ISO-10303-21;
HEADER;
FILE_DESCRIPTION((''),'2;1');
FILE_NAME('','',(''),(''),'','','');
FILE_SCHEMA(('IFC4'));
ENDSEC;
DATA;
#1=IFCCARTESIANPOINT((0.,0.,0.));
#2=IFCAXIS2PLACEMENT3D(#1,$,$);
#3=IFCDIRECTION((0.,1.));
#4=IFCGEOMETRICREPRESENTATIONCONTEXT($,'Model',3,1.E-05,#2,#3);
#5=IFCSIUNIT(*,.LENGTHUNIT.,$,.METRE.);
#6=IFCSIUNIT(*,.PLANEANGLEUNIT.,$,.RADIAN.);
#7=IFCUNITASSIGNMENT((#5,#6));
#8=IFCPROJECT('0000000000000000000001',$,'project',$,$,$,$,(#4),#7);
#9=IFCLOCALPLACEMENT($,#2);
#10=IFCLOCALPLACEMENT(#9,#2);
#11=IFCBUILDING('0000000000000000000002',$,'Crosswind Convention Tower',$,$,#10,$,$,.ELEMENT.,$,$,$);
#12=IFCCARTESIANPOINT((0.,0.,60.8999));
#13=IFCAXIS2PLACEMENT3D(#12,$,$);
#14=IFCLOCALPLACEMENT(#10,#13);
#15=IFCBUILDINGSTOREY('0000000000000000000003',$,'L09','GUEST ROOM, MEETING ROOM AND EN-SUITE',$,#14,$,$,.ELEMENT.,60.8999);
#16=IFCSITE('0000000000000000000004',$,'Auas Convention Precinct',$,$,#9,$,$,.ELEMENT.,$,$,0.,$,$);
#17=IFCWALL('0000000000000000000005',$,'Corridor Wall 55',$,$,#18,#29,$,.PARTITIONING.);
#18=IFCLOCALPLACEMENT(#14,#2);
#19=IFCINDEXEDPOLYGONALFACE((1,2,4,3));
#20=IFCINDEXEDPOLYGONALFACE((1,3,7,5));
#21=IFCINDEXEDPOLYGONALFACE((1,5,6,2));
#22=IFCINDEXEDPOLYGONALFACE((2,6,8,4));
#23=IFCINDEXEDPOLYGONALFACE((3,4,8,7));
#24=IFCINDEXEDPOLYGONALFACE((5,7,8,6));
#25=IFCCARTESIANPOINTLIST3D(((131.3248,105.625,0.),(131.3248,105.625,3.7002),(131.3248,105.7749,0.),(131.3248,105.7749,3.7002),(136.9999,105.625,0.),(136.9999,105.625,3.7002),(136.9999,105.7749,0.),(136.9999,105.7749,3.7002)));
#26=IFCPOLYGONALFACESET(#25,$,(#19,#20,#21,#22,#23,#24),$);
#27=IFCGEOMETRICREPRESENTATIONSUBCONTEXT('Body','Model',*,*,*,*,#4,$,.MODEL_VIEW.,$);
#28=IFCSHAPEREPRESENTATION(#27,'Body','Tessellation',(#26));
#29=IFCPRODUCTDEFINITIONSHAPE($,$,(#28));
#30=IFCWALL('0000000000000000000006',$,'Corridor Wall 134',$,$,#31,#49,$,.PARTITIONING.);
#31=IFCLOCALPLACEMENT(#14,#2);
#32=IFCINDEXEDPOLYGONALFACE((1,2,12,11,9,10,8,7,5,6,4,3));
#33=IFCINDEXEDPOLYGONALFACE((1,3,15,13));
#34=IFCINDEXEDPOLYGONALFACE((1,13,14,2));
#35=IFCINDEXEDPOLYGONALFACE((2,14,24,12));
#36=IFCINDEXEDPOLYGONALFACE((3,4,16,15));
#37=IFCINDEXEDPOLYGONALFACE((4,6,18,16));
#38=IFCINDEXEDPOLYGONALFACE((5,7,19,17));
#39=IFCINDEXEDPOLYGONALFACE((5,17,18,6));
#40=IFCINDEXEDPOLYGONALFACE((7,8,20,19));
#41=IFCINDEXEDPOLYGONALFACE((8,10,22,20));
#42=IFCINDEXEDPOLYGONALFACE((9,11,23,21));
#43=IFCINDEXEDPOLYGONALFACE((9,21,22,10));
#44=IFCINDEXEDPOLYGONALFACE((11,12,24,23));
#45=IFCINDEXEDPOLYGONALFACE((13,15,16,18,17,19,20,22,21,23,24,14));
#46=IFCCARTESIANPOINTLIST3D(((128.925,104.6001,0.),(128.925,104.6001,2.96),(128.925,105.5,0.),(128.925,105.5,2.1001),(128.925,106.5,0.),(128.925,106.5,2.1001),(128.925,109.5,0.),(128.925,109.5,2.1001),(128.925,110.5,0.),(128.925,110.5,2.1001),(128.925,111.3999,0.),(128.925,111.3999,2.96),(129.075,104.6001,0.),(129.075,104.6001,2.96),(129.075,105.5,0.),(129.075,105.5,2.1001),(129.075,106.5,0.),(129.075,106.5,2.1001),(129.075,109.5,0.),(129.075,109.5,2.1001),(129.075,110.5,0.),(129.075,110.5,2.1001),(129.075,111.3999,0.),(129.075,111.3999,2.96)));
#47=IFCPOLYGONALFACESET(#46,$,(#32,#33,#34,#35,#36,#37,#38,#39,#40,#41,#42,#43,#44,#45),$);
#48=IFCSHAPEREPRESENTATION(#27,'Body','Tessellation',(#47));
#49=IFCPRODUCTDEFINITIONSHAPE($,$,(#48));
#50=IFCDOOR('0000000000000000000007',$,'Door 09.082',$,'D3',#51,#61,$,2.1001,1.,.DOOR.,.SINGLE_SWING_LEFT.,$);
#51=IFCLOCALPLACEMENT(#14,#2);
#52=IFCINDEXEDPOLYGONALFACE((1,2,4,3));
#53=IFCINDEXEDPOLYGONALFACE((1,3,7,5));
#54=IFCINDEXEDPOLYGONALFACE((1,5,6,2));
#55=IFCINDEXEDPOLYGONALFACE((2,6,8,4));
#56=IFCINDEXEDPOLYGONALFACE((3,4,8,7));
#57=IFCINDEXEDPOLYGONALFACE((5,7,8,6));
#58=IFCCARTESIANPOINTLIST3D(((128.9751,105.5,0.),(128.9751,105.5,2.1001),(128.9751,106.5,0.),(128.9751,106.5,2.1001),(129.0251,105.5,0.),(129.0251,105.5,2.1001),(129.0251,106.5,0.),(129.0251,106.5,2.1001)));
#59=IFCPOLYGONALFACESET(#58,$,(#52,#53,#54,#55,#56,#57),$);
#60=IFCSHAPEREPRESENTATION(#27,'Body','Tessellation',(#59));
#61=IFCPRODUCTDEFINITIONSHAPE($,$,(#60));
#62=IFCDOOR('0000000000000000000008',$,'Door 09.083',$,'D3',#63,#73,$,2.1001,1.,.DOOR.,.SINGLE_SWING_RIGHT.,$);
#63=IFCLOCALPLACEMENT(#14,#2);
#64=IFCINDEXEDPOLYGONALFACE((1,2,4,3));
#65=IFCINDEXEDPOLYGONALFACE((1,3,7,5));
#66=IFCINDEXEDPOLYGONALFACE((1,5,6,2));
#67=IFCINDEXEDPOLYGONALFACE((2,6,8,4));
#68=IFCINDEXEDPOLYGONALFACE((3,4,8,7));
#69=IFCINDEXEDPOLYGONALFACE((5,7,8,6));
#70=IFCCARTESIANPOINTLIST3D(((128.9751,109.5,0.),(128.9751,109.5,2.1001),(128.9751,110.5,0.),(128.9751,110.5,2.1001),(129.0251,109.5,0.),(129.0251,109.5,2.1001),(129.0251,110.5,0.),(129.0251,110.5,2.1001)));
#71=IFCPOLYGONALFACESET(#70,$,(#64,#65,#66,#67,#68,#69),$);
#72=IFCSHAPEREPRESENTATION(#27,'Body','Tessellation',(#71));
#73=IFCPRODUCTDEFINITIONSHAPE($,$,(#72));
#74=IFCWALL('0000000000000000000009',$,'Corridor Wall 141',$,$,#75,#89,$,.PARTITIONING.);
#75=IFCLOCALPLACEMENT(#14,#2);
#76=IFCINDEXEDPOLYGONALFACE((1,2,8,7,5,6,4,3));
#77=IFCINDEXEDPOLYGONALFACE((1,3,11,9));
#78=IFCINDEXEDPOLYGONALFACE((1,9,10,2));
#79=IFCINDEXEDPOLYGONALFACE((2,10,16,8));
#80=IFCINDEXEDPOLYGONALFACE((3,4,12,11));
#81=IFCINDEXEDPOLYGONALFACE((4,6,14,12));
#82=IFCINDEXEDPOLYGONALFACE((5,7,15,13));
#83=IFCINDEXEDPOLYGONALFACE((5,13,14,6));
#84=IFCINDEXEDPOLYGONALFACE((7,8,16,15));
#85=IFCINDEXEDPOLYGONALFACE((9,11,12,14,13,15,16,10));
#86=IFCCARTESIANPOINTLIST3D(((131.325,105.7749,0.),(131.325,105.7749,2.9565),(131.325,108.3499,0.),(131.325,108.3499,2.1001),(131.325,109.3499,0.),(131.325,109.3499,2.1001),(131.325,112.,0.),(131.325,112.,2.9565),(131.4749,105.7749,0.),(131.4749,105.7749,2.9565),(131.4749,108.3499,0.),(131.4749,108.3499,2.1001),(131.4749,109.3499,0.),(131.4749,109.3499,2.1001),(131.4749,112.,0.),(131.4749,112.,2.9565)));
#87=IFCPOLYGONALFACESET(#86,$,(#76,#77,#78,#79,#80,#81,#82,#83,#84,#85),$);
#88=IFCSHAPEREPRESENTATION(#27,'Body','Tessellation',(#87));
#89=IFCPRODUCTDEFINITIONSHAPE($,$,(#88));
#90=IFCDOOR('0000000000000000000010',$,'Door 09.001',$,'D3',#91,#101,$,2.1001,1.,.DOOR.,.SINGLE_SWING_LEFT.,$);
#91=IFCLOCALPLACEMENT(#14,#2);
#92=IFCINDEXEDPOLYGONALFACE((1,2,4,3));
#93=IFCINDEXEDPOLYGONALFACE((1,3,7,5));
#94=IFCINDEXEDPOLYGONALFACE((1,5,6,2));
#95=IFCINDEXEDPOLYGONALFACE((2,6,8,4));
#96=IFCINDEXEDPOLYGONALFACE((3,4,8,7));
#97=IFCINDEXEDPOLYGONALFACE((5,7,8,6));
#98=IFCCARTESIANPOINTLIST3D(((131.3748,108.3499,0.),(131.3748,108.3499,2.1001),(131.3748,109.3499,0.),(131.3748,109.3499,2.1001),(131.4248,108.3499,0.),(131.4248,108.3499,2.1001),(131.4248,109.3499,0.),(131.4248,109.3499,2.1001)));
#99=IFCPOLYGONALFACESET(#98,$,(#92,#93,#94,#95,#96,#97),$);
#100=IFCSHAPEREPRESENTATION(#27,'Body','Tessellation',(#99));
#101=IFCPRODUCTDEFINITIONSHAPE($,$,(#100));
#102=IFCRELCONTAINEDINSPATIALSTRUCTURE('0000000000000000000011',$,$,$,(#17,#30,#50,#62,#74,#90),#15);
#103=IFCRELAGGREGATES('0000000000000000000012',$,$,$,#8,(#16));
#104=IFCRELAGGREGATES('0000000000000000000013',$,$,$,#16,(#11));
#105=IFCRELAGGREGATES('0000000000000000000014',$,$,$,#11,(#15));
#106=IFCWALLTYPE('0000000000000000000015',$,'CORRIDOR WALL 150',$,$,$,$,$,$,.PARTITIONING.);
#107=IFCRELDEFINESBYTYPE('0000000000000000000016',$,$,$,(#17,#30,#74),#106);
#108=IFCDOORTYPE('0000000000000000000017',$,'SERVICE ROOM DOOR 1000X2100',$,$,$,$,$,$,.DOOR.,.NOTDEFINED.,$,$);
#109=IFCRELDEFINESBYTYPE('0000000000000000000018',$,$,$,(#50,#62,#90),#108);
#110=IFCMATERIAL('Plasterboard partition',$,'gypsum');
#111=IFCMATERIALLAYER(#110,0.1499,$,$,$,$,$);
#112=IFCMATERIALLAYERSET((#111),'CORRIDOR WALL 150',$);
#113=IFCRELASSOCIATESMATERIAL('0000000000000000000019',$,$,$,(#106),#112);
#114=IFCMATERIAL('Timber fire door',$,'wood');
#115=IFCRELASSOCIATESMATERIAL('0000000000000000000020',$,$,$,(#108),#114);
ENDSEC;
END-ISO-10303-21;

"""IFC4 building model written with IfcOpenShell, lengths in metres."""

from ifc_helpers import new_model, si_unit, direction, frame, frame_2d, origin, place, context, subcontext, project, spatial, rectangle, extrude, material, layer, layer_set, type_object, element, fill, save


model = new_model("IFC4")

# Units and contexts
model_context = context("Model", 3, precision=1e-05, world=origin(), true_north=direction((0.0, 1.0)))
body_context = subcontext(model_context, "Body", "Model", "MODEL_VIEW")
ifc_project = project(units=[si_unit("LENGTHUNIT", "METRE"), si_unit("PLANEANGLEUNIT", "RADIAN")], contexts=[model_context])

# Site, building, storey
site_placement = place(None, origin())
site = spatial("IfcSite", under=ifc_project, at=site_placement, Name="Auas Convention Precinct", CompositionType="ELEMENT", RefElevation=0.0)
building_placement = place(site_placement, origin())
building = spatial("IfcBuilding", under=site, at=building_placement, Name="Crosswind Convention Tower", CompositionType="ELEMENT")
storey_placement = place(building_placement, frame((0.0, 0.0, 60.8999)))
storey = spatial("IfcBuildingStorey", under=building, at=storey_placement, Name="L09", Description="GUEST ROOM, MEETING ROOM AND EN-SUITE", CompositionType="ELEMENT", Elevation=60.8999)

# Wall
ifc_material_1 = material(Name="Plasterboard partition", Category="gypsum")
ifc_layer_1 = layer(ifc_material_1, 0.1499)
ifc_layer_set_1 = layer_set([ifc_layer_1], Name="CORRIDOR WALL 150")
wall_type_1 = type_object("IfcWallType", Name="CORRIDOR WALL 150", PredefinedType="PARTITIONING", material=ifc_layer_set_1)
wall_1_placement = place(storey_placement, frame((131.325, 105.7, 0.0), z_axis=(0.0, 0.0, 1.0), x_axis=(1.0, 0.0, 0.0)))
element("IfcWall", 1, at=wall_1_placement, inside=storey, type_object=wall_type_1, Name="Corridor Wall 55", PredefinedType="PARTITIONING", context=body_context, shape_type="SweptSolid", body=[
    extrude(rectangle(XDim=5.675, YDim=0.1499, at=frame_2d((2.8374, 0.0))), origin(), (0.0, 0.0, 1.0), 3.7002),
])

# Wall, openings, doors
wall_2_placement = place(storey_placement, frame((129.0, 104.6001, 0.0), z_axis=(0.0, 0.0, 1.0), x_axis=(0.0, 1.0, 0.0)))
wall_2 = element("IfcWall", 2, at=wall_2_placement, inside=storey, type_object=wall_type_1, Name="Corridor Wall 134", PredefinedType="PARTITIONING", context=body_context, shape_type="SweptSolid", body=[
    extrude(rectangle(XDim=6.7998, YDim=0.1499, at=frame_2d((3.3999, 0.0))), origin(), (0.0, 0.0, 1.0), 2.96),
])
opening_1_placement = place(wall_2_placement, frame((0.8999, 0.0, 0.0)))
opening_1 = element("IfcOpeningElement", 3, at=opening_1_placement, cuts=wall_2, PredefinedType="OPENING", context=body_context, shape_type="SweptSolid", body=[
    extrude(rectangle(XDim=1.0, YDim=2.1001, at=frame_2d((0.5, 1.05))), frame((0.0, 0.085, 0.0), z_axis=(0.0, -1.0, 0.0), x_axis=(1.0, 0.0, 0.0)), (0.0, 0.0, 1.0), 0.1699),
])
opening_2_placement = place(wall_2_placement, frame((4.8999, 0.0, 0.0)))
opening_2 = element("IfcOpeningElement", 4, at=opening_2_placement, cuts=wall_2, PredefinedType="OPENING", context=body_context, shape_type="SweptSolid", body=[
    extrude(rectangle(XDim=1.0, YDim=2.1001, at=frame_2d((0.5, 1.05))), frame((0.0, 0.085, 0.0), z_axis=(0.0, -1.0, 0.0), x_axis=(1.0, 0.0, 0.0)), (0.0, 0.0, 1.0), 0.1699),
])
ifc_material_2 = material(Name="Timber fire door", Category="wood")
door_type_1 = type_object("IfcDoorType", Name="SERVICE ROOM DOOR 1000X2100", OperationType="NOTDEFINED", PredefinedType="DOOR", material=ifc_material_2)
door_1_placement = place(opening_1_placement, origin())
door_1 = element("IfcDoor", 5, at=door_1_placement, inside=storey, type_object=door_type_1, Name="Door 09.082", ObjectType="D3", OperationType="SINGLE_SWING_LEFT", OverallHeight=2.1001, OverallWidth=1.0, PredefinedType="DOOR", context=body_context, shape_type="SweptSolid", body=[
    extrude(rectangle(XDim=1.0, YDim=2.1001, at=frame_2d((0.5, 1.05))), frame((0.0, 0.0249, 0.0), z_axis=(0.0, -1.0, 0.0), x_axis=(1.0, 0.0, 0.0)), (0.0, 0.0, 1.0), 0.05),
])
fill(opening_1, door_1)
door_2_placement = place(opening_2_placement, origin())
door_2 = element("IfcDoor", 6, at=door_2_placement, inside=storey, type_object=door_type_1, Name="Door 09.083", ObjectType="D3", OperationType="SINGLE_SWING_RIGHT", OverallHeight=2.1001, OverallWidth=1.0, PredefinedType="DOOR", context=body_context, shape_type="SweptSolid", body=[
    extrude(rectangle(XDim=1.0, YDim=2.1001, at=frame_2d((0.5, 1.05))), frame((0.0, 0.0249, 0.0), z_axis=(0.0, -1.0, 0.0), x_axis=(1.0, 0.0, 0.0)), (0.0, 0.0, 1.0), 0.05),
])
fill(opening_2, door_2)

# Wall, opening, door
wall_3_placement = place(storey_placement, frame((131.3999, 105.7749, 0.0), z_axis=(0.0, 0.0, 1.0), x_axis=(0.0, 1.0, 0.0)))
wall_3 = element("IfcWall", 7, at=wall_3_placement, inside=storey, type_object=wall_type_1, Name="Corridor Wall 141", PredefinedType="PARTITIONING", context=body_context, shape_type="SweptSolid", body=[
    extrude(rectangle(XDim=6.2251, YDim=0.1499, at=frame_2d((3.1125, 0.0))), origin(), (0.0, 0.0, 1.0), 2.9565),
])
opening_3_placement = place(wall_3_placement, frame((2.575, 0.0, 0.0)))
opening_3 = element("IfcOpeningElement", 8, at=opening_3_placement, cuts=wall_3, PredefinedType="OPENING", context=body_context, shape_type="SweptSolid", body=[
    extrude(rectangle(XDim=1.0, YDim=2.1001, at=frame_2d((0.5, 1.05))), frame((0.0, 0.085, 0.0), z_axis=(0.0, -1.0, 0.0), x_axis=(1.0, 0.0, 0.0)), (0.0, 0.0, 1.0), 0.1699),
])
door_3_placement = place(opening_3_placement, frame((1.0, 0.0, 0.0), z_axis=(0.0, 0.0, 1.0), x_axis=(-1.0, 0.0, 0.0)))
door_3 = element("IfcDoor", 9, at=door_3_placement, inside=storey, type_object=door_type_1, Name="Door 09.001", ObjectType="D3", OperationType="SINGLE_SWING_LEFT", OverallHeight=2.1001, OverallWidth=1.0, PredefinedType="DOOR", context=body_context, shape_type="SweptSolid", body=[
    extrude(rectangle(XDim=1.0, YDim=2.1001, at=frame_2d((0.5, 1.05))), frame((0.0, 0.0249, 0.0), z_axis=(0.0, -1.0, 0.0), x_axis=(1.0, 0.0, 0.0)), (0.0, 0.0, 1.0), 0.05),
])
fill(opening_3, door_3)

save(model, "model.ifc")
